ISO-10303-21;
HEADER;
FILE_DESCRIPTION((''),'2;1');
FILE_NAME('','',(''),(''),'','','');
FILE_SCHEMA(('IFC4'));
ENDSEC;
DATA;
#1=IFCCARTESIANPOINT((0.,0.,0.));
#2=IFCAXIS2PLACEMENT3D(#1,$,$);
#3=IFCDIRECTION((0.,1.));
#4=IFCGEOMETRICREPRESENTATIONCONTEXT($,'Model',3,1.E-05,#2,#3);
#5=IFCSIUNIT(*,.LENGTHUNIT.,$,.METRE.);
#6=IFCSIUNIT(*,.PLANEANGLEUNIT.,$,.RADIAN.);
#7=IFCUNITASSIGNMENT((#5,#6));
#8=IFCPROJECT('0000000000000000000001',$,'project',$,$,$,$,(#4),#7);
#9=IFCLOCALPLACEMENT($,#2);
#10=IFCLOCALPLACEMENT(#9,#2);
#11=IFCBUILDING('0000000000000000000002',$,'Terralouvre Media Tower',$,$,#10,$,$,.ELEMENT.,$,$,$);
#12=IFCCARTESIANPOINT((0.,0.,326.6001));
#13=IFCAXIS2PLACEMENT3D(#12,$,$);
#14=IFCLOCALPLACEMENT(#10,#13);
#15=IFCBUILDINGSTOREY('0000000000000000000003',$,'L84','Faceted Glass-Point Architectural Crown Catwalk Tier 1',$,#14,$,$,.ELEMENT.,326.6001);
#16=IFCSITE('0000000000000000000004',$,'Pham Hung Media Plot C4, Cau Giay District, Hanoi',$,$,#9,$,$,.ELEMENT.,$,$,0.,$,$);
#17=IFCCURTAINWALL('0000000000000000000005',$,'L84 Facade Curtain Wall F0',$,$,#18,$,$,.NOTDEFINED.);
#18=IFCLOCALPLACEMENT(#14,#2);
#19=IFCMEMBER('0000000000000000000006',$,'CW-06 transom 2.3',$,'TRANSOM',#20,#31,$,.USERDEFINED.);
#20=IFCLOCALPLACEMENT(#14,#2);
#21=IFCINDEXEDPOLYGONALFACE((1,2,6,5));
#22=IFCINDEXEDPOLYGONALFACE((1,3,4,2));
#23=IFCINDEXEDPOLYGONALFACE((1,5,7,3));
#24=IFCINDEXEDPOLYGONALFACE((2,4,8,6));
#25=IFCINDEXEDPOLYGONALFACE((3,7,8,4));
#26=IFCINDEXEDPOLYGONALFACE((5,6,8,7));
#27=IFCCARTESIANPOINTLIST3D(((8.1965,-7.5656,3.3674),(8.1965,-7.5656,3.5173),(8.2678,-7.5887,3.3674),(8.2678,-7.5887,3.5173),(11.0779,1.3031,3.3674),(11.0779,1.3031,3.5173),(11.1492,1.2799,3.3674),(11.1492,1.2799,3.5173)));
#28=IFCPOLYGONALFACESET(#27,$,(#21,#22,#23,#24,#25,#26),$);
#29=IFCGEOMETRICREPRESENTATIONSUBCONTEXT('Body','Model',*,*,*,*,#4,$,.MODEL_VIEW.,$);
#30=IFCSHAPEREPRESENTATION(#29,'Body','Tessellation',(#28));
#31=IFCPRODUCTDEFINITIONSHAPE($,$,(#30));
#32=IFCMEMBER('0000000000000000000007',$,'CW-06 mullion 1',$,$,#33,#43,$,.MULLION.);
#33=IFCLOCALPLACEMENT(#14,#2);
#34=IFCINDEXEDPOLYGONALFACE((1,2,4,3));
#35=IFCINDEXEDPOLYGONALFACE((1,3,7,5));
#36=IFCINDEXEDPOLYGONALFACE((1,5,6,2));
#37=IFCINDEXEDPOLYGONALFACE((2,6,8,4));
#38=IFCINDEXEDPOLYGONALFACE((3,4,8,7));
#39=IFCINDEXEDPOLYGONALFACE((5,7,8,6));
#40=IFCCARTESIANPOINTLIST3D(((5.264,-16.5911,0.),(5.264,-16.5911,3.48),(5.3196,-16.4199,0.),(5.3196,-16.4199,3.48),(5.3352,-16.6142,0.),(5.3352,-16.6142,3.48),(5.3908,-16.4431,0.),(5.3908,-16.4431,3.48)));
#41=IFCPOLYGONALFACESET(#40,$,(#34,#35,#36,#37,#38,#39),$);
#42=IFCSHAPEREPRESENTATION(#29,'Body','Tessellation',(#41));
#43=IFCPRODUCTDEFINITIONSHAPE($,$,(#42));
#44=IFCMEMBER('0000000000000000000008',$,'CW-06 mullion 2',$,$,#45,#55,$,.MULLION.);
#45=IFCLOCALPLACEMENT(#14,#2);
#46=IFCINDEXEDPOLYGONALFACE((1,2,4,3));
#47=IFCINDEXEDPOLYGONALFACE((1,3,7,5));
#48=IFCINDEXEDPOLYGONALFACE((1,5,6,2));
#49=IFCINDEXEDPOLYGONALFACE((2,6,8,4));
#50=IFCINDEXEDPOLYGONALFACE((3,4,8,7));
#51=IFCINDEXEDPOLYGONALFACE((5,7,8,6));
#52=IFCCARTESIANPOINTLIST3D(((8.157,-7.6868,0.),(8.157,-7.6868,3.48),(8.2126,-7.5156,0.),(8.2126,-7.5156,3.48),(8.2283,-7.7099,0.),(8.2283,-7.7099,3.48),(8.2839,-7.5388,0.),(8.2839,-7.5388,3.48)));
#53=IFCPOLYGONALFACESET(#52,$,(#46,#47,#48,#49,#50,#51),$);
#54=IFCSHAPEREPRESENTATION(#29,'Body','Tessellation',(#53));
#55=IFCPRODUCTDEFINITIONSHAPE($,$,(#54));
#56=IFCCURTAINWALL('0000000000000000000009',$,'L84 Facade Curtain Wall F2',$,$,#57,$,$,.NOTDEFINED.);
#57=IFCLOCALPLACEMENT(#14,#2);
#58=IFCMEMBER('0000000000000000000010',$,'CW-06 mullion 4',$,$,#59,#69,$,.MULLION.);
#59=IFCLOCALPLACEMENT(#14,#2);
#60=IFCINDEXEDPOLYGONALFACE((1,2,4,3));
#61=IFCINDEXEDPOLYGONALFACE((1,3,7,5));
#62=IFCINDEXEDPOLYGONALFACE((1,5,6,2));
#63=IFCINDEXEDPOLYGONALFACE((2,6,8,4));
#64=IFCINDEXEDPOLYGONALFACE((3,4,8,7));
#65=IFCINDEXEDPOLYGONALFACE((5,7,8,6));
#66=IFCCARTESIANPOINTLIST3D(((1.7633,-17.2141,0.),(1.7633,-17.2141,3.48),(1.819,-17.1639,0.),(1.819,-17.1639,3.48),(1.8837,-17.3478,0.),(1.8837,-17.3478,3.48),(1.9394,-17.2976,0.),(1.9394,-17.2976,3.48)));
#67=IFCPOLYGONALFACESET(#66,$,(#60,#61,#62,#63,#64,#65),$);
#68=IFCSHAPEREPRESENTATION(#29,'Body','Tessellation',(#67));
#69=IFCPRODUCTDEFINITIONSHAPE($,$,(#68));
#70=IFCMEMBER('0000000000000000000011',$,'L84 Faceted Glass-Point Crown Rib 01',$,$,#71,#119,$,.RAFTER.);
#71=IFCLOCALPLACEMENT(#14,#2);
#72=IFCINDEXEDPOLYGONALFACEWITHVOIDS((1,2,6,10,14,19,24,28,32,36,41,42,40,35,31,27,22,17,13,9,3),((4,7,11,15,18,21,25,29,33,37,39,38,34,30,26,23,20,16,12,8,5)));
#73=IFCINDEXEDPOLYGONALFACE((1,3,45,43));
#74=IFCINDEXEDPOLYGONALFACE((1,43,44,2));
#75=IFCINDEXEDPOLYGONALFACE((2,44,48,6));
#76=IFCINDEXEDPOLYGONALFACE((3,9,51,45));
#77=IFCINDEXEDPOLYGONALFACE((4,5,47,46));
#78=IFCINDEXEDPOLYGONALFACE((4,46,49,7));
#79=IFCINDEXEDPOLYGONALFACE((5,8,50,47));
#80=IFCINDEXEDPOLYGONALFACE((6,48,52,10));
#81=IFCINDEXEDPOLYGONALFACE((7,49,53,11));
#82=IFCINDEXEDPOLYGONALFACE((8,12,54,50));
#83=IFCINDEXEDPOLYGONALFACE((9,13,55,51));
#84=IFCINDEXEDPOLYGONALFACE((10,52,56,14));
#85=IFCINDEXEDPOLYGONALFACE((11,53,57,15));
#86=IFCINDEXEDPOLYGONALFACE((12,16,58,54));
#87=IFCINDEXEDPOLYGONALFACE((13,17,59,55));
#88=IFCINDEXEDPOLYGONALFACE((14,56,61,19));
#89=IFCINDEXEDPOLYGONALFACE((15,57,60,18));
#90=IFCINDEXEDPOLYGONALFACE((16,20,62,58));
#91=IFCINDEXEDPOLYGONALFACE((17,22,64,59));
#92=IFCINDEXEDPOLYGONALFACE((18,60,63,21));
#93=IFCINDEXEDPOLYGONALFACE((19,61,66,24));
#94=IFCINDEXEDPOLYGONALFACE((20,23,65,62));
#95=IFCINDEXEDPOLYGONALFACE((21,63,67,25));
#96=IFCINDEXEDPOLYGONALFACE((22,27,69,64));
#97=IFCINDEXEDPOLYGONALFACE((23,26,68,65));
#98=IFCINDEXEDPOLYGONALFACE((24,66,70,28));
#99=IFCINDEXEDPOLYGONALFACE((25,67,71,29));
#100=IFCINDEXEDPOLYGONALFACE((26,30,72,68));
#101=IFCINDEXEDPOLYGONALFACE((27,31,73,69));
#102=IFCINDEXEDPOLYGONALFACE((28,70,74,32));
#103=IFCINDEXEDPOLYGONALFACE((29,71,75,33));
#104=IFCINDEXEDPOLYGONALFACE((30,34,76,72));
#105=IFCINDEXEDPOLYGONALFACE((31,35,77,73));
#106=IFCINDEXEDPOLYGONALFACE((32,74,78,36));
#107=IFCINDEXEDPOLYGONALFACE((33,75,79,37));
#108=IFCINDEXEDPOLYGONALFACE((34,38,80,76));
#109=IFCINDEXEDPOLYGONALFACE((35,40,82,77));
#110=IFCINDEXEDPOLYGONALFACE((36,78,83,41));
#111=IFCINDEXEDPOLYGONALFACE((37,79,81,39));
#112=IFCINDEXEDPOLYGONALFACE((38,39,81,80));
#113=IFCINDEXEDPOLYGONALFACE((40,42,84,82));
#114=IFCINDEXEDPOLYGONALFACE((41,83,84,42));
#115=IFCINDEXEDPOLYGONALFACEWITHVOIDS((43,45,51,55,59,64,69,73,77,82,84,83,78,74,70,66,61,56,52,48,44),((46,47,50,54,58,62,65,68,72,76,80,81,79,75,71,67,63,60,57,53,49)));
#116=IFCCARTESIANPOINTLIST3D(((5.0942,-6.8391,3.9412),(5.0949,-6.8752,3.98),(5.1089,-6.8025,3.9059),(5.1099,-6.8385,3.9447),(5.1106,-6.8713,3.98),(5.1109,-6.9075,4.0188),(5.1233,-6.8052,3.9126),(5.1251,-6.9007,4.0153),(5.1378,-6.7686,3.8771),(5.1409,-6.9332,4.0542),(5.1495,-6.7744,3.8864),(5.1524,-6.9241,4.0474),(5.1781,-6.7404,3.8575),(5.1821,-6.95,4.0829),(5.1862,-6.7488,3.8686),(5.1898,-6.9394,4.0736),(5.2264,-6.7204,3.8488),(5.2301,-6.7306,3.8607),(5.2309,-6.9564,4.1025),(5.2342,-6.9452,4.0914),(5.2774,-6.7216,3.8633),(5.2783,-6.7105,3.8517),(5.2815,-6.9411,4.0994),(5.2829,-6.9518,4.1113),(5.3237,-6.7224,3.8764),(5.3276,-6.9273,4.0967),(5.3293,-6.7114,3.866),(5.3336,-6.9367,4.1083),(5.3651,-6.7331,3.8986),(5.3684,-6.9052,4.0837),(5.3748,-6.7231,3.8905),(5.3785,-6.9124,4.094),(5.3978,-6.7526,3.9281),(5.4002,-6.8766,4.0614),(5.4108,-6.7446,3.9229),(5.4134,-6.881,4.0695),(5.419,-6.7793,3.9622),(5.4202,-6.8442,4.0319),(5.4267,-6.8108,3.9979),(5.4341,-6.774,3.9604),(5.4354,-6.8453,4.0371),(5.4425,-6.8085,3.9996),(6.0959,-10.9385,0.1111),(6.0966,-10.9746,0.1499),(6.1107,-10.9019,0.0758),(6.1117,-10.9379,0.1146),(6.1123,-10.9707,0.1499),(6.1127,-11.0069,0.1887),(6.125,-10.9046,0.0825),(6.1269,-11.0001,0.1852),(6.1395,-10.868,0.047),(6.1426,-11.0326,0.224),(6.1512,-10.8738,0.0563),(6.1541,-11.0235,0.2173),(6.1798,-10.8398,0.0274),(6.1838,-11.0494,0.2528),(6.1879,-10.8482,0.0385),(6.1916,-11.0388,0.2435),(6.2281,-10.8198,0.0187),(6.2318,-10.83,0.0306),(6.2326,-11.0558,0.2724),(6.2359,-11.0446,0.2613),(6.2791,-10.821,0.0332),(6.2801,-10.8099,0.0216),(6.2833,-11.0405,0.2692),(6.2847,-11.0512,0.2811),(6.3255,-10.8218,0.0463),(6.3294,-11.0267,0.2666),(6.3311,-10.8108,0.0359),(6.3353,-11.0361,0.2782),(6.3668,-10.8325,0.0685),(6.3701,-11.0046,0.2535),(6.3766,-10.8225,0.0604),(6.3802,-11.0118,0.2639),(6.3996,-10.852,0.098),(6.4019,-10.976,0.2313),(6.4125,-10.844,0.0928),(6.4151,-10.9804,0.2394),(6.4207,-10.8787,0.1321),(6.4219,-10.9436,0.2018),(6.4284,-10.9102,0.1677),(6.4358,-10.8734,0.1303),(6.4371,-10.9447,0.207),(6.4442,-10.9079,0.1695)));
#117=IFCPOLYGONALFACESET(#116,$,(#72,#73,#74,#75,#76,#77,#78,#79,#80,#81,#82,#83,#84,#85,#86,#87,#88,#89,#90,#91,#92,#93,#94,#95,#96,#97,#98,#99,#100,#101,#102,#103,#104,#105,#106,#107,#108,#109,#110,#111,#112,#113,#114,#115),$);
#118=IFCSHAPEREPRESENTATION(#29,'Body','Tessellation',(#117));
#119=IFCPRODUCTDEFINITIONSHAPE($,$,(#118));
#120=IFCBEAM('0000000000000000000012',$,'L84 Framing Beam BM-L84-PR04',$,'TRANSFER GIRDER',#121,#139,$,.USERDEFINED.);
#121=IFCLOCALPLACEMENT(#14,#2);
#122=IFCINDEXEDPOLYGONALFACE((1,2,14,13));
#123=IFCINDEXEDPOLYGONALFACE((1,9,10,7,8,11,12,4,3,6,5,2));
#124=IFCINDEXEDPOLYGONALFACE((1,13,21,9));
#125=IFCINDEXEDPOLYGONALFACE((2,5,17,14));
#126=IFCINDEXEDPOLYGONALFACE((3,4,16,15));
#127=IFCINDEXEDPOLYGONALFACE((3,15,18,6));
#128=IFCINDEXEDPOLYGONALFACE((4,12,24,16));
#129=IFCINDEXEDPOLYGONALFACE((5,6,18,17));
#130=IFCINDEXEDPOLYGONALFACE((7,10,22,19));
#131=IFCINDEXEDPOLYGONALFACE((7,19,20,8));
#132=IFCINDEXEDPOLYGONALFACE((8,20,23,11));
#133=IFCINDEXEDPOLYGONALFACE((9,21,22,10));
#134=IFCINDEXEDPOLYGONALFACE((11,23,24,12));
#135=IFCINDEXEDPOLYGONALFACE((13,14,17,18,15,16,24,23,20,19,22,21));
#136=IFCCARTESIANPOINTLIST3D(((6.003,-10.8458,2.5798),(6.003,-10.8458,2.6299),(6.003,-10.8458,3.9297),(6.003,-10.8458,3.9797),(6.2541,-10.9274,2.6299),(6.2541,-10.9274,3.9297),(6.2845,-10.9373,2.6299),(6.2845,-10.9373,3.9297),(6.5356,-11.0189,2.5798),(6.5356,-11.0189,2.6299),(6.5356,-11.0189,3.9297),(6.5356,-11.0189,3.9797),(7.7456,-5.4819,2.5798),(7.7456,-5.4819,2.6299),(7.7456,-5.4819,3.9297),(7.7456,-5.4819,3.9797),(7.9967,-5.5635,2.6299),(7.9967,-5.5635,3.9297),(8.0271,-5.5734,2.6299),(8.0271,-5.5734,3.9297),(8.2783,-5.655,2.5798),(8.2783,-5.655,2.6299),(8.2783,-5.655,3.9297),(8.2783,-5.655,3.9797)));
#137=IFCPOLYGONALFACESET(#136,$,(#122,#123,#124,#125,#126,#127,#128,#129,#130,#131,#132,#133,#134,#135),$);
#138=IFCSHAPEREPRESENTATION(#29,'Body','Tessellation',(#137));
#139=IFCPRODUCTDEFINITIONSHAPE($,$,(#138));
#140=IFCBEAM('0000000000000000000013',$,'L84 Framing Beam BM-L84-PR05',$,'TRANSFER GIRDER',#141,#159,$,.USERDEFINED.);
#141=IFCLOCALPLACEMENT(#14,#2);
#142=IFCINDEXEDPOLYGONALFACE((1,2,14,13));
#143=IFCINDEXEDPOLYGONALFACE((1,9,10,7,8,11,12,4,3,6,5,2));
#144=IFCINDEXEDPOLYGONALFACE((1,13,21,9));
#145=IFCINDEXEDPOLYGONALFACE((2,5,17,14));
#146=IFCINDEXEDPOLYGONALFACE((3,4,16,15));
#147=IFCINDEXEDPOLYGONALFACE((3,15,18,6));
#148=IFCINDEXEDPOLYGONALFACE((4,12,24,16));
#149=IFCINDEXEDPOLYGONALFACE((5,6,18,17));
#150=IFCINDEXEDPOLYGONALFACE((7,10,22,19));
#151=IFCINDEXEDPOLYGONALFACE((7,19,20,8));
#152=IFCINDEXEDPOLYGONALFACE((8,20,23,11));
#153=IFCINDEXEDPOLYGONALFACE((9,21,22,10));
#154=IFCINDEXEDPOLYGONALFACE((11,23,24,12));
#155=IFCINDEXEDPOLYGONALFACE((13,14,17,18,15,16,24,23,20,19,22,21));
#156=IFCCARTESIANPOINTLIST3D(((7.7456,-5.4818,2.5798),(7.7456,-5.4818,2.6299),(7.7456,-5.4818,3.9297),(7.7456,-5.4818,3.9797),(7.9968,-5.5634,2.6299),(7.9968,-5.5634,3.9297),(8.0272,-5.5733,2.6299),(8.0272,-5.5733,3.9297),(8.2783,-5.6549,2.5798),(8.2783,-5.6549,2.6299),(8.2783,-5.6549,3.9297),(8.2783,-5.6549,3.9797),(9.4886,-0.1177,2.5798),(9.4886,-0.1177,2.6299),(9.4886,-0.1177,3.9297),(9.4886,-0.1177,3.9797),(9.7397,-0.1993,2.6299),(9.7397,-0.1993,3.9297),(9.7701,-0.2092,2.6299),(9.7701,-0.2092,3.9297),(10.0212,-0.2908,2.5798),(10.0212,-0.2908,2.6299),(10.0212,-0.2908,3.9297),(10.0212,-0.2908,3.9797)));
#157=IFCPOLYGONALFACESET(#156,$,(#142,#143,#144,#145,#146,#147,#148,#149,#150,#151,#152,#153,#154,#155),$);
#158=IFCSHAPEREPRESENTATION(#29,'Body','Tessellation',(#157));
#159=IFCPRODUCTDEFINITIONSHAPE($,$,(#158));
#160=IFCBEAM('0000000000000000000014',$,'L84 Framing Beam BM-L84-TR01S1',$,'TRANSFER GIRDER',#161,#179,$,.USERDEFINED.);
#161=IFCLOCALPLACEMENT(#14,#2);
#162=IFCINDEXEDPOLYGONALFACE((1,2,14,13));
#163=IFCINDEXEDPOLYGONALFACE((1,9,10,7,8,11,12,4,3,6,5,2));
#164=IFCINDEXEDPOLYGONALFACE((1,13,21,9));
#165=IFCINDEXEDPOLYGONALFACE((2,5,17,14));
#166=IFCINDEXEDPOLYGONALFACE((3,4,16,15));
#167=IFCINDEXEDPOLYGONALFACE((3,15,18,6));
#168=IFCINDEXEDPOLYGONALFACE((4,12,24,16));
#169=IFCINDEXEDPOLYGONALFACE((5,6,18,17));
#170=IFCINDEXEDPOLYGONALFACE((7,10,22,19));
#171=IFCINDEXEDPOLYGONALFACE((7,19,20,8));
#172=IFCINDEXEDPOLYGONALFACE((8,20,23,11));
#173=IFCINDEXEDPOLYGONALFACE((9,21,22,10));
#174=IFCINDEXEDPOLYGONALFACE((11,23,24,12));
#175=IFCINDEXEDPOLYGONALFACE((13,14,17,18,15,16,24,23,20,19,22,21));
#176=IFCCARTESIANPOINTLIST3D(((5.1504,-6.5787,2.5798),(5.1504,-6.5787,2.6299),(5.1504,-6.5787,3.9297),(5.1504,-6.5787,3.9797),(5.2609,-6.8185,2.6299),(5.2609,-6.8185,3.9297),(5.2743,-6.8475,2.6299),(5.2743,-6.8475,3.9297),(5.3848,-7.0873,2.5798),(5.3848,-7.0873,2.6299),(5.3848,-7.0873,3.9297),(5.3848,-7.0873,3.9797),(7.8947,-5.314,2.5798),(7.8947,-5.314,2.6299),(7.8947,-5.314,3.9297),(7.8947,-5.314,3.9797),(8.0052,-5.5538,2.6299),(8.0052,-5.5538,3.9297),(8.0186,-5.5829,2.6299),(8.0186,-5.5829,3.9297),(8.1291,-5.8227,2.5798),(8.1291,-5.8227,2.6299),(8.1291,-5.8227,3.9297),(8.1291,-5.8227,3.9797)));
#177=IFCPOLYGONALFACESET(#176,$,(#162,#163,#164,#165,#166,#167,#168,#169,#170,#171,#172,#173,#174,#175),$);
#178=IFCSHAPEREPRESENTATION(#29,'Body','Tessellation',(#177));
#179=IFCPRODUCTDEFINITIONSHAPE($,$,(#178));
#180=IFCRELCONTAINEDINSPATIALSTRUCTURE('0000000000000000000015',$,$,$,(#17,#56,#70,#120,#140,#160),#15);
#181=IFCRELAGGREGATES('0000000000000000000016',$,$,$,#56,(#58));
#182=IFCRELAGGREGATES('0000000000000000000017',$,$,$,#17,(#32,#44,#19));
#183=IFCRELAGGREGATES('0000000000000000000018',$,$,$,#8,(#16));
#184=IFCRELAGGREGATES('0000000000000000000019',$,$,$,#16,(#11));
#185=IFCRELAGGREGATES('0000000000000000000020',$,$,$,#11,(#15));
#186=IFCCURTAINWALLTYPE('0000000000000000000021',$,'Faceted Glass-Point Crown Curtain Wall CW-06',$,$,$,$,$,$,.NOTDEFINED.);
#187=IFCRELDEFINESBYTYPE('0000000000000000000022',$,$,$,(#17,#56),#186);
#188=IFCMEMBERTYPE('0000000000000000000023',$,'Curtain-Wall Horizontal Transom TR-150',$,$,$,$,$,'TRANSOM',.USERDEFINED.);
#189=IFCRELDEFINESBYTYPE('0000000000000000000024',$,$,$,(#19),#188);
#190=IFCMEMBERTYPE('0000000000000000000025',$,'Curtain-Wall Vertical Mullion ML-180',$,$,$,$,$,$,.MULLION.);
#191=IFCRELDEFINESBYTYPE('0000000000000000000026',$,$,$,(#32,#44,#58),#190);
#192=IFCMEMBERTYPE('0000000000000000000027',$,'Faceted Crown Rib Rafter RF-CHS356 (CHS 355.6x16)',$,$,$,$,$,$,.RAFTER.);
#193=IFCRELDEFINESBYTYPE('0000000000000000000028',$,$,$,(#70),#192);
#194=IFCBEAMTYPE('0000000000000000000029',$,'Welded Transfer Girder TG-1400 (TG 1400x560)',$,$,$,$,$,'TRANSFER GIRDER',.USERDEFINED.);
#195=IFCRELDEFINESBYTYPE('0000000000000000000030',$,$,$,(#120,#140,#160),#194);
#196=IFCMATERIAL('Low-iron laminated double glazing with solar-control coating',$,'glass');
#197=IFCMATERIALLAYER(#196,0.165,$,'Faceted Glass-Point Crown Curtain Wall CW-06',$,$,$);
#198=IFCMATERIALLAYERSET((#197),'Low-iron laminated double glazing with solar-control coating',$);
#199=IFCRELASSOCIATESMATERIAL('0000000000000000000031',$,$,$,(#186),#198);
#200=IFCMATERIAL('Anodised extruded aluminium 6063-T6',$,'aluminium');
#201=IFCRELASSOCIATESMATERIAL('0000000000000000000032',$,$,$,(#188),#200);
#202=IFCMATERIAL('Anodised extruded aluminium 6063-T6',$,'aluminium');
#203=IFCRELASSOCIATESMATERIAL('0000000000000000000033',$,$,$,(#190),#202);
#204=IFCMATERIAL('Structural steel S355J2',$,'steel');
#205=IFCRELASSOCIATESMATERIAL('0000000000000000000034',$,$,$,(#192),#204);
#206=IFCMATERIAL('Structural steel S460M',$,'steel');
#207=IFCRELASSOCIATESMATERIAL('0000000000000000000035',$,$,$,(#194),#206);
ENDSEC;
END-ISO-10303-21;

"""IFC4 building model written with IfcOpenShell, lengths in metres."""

from ifc_helpers import new_model, si_unit, direction, frame, origin, origin_2d, place, context, subcontext, project, spatial, rectangle, hollow_circle, i_section, extrude, material, layer, layer_set, material_profile, profile_set, type_object, element, aggregate, save


model = new_model("IFC4")

# Units and contexts
model_context = context("Model", 3, precision=1e-05, world=origin(), true_north=direction((0.0, 1.0)))
body_context = subcontext(model_context, "Body", "Model", "MODEL_VIEW")
ifc_project = project(units=[si_unit("LENGTHUNIT", "METRE"), si_unit("PLANEANGLEUNIT", "RADIAN")], contexts=[model_context])

# Site, building, storey
site_placement = place(None, origin())
site = spatial("IfcSite", under=ifc_project, at=site_placement, Name="Pham Hung Media Plot C4, Cau Giay District, Hanoi", CompositionType="ELEMENT", RefElevation=0.0)
building_placement = place(site_placement, origin())
building = spatial("IfcBuilding", under=site, at=building_placement, Name="Terralouvre Media Tower", CompositionType="ELEMENT")
storey_placement = place(building_placement, frame((0.0, 0.0, 326.6001)))
storey = spatial("IfcBuildingStorey", under=building, at=storey_placement, Name="L84", Description="Faceted Glass-Point Architectural Crown Catwalk Tier 1", CompositionType="ELEMENT", Elevation=326.6001)

# Curtain wall, members
ifc_material_1 = material(Name="Low-iron laminated double glazing with solar-control coating", Category="glass")
ifc_layer_1 = layer(ifc_material_1, 0.165, Name="Faceted Glass-Point Crown Curtain Wall CW-06")
ifc_layer_set_1 = layer_set([ifc_layer_1], Name="Low-iron laminated double glazing with solar-control coating")
curtain_wall_type = type_object("IfcCurtainWallType", Name="Faceted Glass-Point Crown Curtain Wall CW-06", PredefinedType="NOTDEFINED", material=ifc_layer_set_1)
curtain_wall_1_placement = place(storey_placement, origin())
curtain_wall_1 = element("IfcCurtainWall", 1, at=curtain_wall_1_placement, inside=storey, type_object=curtain_wall_type, Name="L84 Facade Curtain Wall F0", PredefinedType="NOTDEFINED")
ifc_material_2 = material(Name="Anodised extruded aluminium 6063-T6", Category="aluminium")
ifc_material_profile_1 = material_profile(ifc_material_2, rectangle(XDim=0.075, YDim=0.1499, at=origin_2d()), Name="ALU 75x150")
ifc_profile_set_1 = profile_set([ifc_material_profile_1], Name="Anodised extruded aluminium 6063-T6")
member_type_1 = type_object("IfcMemberType", Name="Curtain-Wall Horizontal Transom TR-150", ElementType="TRANSOM", PredefinedType="USERDEFINED", material=ifc_profile_set_1)
member_1_placement = place(storey_placement, frame((8.2322, -7.5771, 3.4424), z_axis=(0.308993, 0.951064, 0.0), x_axis=(-0.951064, 0.308993, 0.0)))
member_1 = element("IfcMember", 2, at=member_1_placement, type_object=member_type_1, Name="CW-06 transom 2.3", ObjectType="TRANSOM", PredefinedType="USERDEFINED", context=body_context, shape_type="SweptSolid", body=[
    extrude(rectangle(XDim=0.075, YDim=0.1499, at=origin_2d()), origin(), (0.0, 0.0, 1.0), 9.325),
])
ifc_material_3 = material(Name="Anodised extruded aluminium 6063-T6", Category="aluminium")
ifc_material_profile_2 = material_profile(ifc_material_3, rectangle(XDim=0.075, YDim=0.1799, at=origin_2d()), Name="ALU 75x180")
ifc_profile_set_2 = profile_set([ifc_material_profile_2], Name="Anodised extruded aluminium 6063-T6")
member_type_2 = type_object("IfcMemberType", Name="Curtain-Wall Vertical Mullion ML-180", PredefinedType="MULLION", material=ifc_profile_set_2)
member_2_placement = place(storey_placement, frame((5.3274, -16.5171, 0.0), z_axis=(0.0, 0.0, 1.0), x_axis=(-0.951057, 0.309017, 0.0)))
member_2 = element("IfcMember", 3, at=member_2_placement, type_object=member_type_2, Name="CW-06 mullion 1", PredefinedType="MULLION", context=body_context, shape_type="SweptSolid", body=[
    extrude(rectangle(XDim=0.075, YDim=0.1799, at=origin_2d()), origin(), (0.0, 0.0, 1.0), 3.48),
])
member_3_placement = place(storey_placement, frame((8.2205, -7.6128, 0.0), z_axis=(0.0, 0.0, 1.0), x_axis=(-0.951057, 0.309017, 0.0)))
member_3 = element("IfcMember", 4, at=member_3_placement, type_object=member_type_2, Name="CW-06 mullion 2", PredefinedType="MULLION", context=body_context, shape_type="SweptSolid", body=[
    extrude(rectangle(XDim=0.075, YDim=0.1799, at=origin_2d()), origin(), (0.0, 0.0, 1.0), 3.48),
])

# Curtain wall, member
curtain_wall_2_placement = place(storey_placement, origin())
curtain_wall_2 = element("IfcCurtainWall", 5, at=curtain_wall_2_placement, inside=storey, type_object=curtain_wall_type, Name="L84 Facade Curtain Wall F2", PredefinedType="NOTDEFINED")
member_4_placement = place(storey_placement, frame((1.8513, -17.2559, 0.0), z_axis=(0.0, 0.0, 1.0), x_axis=(0.743145, 0.66913, 0.0)))
member_4 = element("IfcMember", 6, at=member_4_placement, type_object=member_type_2, Name="CW-06 mullion 4", PredefinedType="MULLION", context=body_context, shape_type="SweptSolid", body=[
    extrude(rectangle(XDim=0.075, YDim=0.1799, at=origin_2d()), origin(), (0.0, 0.0, 1.0), 3.48),
])
aggregate(curtain_wall_2, [member_4])

# Member
ifc_material_4 = material(Name="Structural steel S355J2", Category="steel")
ifc_material_profile_3 = material_profile(ifc_material_4, hollow_circle(Radius=0.1777, WallThickness=0.0161, at=origin_2d()), Name="CHS 355.6x16")
ifc_profile_set_3 = profile_set([ifc_material_profile_3], Name="Structural steel S355J2")
member_type_3 = type_object("IfcMemberType", Name="Faceted Crown Rib Rafter RF-CHS356 (CHS 355.6x16)", PredefinedType="RAFTER", material=ifc_profile_set_3)
member_5_placement = place(storey_placement, frame((6.2693, -10.9324, 0.1499), z_axis=(-0.175772, 0.719323, 0.672071), x_axis=(-0.971419, -0.237373, 0.0)))
element("IfcMember", 7, at=member_5_placement, inside=storey, type_object=member_type_3, Name="L84 Faceted Glass-Point Crown Rib 01", PredefinedType="RAFTER", context=body_context, shape_type="SweptSolid", body=[
    extrude(hollow_circle(Radius=0.1777, WallThickness=0.0161, at=origin_2d()), origin(), (0.0, 0.0, 1.0), 5.699),
])

# Beams
ifc_material_5 = material(Name="Structural steel S460M", Category="steel")
ifc_material_profile_4 = material_profile(ifc_material_5, i_section(OverallWidth=0.5601, OverallDepth=1.3999, WebThickness=0.032, FlangeThickness=0.05, at=origin_2d()), Name="TG 1400x560")
ifc_profile_set_4 = profile_set([ifc_material_profile_4], Name="Structural steel S460M")
beam_type = type_object("IfcBeamType", Name="Welded Transfer Girder TG-1400 (TG 1400x560)", ElementType="TRANSFER GIRDER", PredefinedType="USERDEFINED", material=ifc_profile_set_4)
beam_1_placement = place(storey_placement, frame((6.2693, -10.9324, 3.2798), z_axis=(0.308985, 0.951067, 0.0), x_axis=(-0.951067, 0.308985, 0.0)))
element("IfcBeam", 8, at=beam_1_placement, inside=storey, type_object=beam_type, Name="L84 Framing Beam BM-L84-PR04", ObjectType="TRANSFER GIRDER", PredefinedType="USERDEFINED", context=body_context, shape_type="SweptSolid", body=[
    extrude(i_section(OverallWidth=0.5601, OverallDepth=1.3999, WebThickness=0.032, FlangeThickness=0.05, at=origin_2d()), origin(), (0.0, 0.0, 1.0), 5.6399),
])
beam_2_placement = place(storey_placement, frame((8.012, -5.5684, 3.2798), z_axis=(0.309024, 0.951054, 0.0), x_axis=(-0.951054, 0.309024, 0.0)))
element("IfcBeam", 9, at=beam_2_placement, inside=storey, type_object=beam_type, Name="L84 Framing Beam BM-L84-PR05", ObjectType="TRANSFER GIRDER", PredefinedType="USERDEFINED", context=body_context, shape_type="SweptSolid", body=[
    extrude(i_section(OverallWidth=0.5601, OverallDepth=1.3999, WebThickness=0.032, FlangeThickness=0.05, at=origin_2d()), origin(), (0.0, 0.0, 1.0), 5.6401),
])
beam_3_placement = place(storey_placement, frame((5.2676, -6.833, 3.2798), z_axis=(0.90821, 0.418515, 0.0), x_axis=(-0.418515, 0.90821, 0.0)))
element("IfcBeam", 10, at=beam_3_placement, inside=storey, type_object=beam_type, Name="L84 Framing Beam BM-L84-TR01S1", ObjectType="TRANSFER GIRDER", PredefinedType="USERDEFINED", context=body_context, shape_type="SweptSolid", body=[
    extrude(i_section(OverallWidth=0.5601, OverallDepth=1.3999, WebThickness=0.032, FlangeThickness=0.05, at=origin_2d()), origin(), (0.0, 0.0, 1.0), 3.0217),
])

aggregate(curtain_wall_1, [member_2, member_3, member_1])

save(model, "model.ifc")
